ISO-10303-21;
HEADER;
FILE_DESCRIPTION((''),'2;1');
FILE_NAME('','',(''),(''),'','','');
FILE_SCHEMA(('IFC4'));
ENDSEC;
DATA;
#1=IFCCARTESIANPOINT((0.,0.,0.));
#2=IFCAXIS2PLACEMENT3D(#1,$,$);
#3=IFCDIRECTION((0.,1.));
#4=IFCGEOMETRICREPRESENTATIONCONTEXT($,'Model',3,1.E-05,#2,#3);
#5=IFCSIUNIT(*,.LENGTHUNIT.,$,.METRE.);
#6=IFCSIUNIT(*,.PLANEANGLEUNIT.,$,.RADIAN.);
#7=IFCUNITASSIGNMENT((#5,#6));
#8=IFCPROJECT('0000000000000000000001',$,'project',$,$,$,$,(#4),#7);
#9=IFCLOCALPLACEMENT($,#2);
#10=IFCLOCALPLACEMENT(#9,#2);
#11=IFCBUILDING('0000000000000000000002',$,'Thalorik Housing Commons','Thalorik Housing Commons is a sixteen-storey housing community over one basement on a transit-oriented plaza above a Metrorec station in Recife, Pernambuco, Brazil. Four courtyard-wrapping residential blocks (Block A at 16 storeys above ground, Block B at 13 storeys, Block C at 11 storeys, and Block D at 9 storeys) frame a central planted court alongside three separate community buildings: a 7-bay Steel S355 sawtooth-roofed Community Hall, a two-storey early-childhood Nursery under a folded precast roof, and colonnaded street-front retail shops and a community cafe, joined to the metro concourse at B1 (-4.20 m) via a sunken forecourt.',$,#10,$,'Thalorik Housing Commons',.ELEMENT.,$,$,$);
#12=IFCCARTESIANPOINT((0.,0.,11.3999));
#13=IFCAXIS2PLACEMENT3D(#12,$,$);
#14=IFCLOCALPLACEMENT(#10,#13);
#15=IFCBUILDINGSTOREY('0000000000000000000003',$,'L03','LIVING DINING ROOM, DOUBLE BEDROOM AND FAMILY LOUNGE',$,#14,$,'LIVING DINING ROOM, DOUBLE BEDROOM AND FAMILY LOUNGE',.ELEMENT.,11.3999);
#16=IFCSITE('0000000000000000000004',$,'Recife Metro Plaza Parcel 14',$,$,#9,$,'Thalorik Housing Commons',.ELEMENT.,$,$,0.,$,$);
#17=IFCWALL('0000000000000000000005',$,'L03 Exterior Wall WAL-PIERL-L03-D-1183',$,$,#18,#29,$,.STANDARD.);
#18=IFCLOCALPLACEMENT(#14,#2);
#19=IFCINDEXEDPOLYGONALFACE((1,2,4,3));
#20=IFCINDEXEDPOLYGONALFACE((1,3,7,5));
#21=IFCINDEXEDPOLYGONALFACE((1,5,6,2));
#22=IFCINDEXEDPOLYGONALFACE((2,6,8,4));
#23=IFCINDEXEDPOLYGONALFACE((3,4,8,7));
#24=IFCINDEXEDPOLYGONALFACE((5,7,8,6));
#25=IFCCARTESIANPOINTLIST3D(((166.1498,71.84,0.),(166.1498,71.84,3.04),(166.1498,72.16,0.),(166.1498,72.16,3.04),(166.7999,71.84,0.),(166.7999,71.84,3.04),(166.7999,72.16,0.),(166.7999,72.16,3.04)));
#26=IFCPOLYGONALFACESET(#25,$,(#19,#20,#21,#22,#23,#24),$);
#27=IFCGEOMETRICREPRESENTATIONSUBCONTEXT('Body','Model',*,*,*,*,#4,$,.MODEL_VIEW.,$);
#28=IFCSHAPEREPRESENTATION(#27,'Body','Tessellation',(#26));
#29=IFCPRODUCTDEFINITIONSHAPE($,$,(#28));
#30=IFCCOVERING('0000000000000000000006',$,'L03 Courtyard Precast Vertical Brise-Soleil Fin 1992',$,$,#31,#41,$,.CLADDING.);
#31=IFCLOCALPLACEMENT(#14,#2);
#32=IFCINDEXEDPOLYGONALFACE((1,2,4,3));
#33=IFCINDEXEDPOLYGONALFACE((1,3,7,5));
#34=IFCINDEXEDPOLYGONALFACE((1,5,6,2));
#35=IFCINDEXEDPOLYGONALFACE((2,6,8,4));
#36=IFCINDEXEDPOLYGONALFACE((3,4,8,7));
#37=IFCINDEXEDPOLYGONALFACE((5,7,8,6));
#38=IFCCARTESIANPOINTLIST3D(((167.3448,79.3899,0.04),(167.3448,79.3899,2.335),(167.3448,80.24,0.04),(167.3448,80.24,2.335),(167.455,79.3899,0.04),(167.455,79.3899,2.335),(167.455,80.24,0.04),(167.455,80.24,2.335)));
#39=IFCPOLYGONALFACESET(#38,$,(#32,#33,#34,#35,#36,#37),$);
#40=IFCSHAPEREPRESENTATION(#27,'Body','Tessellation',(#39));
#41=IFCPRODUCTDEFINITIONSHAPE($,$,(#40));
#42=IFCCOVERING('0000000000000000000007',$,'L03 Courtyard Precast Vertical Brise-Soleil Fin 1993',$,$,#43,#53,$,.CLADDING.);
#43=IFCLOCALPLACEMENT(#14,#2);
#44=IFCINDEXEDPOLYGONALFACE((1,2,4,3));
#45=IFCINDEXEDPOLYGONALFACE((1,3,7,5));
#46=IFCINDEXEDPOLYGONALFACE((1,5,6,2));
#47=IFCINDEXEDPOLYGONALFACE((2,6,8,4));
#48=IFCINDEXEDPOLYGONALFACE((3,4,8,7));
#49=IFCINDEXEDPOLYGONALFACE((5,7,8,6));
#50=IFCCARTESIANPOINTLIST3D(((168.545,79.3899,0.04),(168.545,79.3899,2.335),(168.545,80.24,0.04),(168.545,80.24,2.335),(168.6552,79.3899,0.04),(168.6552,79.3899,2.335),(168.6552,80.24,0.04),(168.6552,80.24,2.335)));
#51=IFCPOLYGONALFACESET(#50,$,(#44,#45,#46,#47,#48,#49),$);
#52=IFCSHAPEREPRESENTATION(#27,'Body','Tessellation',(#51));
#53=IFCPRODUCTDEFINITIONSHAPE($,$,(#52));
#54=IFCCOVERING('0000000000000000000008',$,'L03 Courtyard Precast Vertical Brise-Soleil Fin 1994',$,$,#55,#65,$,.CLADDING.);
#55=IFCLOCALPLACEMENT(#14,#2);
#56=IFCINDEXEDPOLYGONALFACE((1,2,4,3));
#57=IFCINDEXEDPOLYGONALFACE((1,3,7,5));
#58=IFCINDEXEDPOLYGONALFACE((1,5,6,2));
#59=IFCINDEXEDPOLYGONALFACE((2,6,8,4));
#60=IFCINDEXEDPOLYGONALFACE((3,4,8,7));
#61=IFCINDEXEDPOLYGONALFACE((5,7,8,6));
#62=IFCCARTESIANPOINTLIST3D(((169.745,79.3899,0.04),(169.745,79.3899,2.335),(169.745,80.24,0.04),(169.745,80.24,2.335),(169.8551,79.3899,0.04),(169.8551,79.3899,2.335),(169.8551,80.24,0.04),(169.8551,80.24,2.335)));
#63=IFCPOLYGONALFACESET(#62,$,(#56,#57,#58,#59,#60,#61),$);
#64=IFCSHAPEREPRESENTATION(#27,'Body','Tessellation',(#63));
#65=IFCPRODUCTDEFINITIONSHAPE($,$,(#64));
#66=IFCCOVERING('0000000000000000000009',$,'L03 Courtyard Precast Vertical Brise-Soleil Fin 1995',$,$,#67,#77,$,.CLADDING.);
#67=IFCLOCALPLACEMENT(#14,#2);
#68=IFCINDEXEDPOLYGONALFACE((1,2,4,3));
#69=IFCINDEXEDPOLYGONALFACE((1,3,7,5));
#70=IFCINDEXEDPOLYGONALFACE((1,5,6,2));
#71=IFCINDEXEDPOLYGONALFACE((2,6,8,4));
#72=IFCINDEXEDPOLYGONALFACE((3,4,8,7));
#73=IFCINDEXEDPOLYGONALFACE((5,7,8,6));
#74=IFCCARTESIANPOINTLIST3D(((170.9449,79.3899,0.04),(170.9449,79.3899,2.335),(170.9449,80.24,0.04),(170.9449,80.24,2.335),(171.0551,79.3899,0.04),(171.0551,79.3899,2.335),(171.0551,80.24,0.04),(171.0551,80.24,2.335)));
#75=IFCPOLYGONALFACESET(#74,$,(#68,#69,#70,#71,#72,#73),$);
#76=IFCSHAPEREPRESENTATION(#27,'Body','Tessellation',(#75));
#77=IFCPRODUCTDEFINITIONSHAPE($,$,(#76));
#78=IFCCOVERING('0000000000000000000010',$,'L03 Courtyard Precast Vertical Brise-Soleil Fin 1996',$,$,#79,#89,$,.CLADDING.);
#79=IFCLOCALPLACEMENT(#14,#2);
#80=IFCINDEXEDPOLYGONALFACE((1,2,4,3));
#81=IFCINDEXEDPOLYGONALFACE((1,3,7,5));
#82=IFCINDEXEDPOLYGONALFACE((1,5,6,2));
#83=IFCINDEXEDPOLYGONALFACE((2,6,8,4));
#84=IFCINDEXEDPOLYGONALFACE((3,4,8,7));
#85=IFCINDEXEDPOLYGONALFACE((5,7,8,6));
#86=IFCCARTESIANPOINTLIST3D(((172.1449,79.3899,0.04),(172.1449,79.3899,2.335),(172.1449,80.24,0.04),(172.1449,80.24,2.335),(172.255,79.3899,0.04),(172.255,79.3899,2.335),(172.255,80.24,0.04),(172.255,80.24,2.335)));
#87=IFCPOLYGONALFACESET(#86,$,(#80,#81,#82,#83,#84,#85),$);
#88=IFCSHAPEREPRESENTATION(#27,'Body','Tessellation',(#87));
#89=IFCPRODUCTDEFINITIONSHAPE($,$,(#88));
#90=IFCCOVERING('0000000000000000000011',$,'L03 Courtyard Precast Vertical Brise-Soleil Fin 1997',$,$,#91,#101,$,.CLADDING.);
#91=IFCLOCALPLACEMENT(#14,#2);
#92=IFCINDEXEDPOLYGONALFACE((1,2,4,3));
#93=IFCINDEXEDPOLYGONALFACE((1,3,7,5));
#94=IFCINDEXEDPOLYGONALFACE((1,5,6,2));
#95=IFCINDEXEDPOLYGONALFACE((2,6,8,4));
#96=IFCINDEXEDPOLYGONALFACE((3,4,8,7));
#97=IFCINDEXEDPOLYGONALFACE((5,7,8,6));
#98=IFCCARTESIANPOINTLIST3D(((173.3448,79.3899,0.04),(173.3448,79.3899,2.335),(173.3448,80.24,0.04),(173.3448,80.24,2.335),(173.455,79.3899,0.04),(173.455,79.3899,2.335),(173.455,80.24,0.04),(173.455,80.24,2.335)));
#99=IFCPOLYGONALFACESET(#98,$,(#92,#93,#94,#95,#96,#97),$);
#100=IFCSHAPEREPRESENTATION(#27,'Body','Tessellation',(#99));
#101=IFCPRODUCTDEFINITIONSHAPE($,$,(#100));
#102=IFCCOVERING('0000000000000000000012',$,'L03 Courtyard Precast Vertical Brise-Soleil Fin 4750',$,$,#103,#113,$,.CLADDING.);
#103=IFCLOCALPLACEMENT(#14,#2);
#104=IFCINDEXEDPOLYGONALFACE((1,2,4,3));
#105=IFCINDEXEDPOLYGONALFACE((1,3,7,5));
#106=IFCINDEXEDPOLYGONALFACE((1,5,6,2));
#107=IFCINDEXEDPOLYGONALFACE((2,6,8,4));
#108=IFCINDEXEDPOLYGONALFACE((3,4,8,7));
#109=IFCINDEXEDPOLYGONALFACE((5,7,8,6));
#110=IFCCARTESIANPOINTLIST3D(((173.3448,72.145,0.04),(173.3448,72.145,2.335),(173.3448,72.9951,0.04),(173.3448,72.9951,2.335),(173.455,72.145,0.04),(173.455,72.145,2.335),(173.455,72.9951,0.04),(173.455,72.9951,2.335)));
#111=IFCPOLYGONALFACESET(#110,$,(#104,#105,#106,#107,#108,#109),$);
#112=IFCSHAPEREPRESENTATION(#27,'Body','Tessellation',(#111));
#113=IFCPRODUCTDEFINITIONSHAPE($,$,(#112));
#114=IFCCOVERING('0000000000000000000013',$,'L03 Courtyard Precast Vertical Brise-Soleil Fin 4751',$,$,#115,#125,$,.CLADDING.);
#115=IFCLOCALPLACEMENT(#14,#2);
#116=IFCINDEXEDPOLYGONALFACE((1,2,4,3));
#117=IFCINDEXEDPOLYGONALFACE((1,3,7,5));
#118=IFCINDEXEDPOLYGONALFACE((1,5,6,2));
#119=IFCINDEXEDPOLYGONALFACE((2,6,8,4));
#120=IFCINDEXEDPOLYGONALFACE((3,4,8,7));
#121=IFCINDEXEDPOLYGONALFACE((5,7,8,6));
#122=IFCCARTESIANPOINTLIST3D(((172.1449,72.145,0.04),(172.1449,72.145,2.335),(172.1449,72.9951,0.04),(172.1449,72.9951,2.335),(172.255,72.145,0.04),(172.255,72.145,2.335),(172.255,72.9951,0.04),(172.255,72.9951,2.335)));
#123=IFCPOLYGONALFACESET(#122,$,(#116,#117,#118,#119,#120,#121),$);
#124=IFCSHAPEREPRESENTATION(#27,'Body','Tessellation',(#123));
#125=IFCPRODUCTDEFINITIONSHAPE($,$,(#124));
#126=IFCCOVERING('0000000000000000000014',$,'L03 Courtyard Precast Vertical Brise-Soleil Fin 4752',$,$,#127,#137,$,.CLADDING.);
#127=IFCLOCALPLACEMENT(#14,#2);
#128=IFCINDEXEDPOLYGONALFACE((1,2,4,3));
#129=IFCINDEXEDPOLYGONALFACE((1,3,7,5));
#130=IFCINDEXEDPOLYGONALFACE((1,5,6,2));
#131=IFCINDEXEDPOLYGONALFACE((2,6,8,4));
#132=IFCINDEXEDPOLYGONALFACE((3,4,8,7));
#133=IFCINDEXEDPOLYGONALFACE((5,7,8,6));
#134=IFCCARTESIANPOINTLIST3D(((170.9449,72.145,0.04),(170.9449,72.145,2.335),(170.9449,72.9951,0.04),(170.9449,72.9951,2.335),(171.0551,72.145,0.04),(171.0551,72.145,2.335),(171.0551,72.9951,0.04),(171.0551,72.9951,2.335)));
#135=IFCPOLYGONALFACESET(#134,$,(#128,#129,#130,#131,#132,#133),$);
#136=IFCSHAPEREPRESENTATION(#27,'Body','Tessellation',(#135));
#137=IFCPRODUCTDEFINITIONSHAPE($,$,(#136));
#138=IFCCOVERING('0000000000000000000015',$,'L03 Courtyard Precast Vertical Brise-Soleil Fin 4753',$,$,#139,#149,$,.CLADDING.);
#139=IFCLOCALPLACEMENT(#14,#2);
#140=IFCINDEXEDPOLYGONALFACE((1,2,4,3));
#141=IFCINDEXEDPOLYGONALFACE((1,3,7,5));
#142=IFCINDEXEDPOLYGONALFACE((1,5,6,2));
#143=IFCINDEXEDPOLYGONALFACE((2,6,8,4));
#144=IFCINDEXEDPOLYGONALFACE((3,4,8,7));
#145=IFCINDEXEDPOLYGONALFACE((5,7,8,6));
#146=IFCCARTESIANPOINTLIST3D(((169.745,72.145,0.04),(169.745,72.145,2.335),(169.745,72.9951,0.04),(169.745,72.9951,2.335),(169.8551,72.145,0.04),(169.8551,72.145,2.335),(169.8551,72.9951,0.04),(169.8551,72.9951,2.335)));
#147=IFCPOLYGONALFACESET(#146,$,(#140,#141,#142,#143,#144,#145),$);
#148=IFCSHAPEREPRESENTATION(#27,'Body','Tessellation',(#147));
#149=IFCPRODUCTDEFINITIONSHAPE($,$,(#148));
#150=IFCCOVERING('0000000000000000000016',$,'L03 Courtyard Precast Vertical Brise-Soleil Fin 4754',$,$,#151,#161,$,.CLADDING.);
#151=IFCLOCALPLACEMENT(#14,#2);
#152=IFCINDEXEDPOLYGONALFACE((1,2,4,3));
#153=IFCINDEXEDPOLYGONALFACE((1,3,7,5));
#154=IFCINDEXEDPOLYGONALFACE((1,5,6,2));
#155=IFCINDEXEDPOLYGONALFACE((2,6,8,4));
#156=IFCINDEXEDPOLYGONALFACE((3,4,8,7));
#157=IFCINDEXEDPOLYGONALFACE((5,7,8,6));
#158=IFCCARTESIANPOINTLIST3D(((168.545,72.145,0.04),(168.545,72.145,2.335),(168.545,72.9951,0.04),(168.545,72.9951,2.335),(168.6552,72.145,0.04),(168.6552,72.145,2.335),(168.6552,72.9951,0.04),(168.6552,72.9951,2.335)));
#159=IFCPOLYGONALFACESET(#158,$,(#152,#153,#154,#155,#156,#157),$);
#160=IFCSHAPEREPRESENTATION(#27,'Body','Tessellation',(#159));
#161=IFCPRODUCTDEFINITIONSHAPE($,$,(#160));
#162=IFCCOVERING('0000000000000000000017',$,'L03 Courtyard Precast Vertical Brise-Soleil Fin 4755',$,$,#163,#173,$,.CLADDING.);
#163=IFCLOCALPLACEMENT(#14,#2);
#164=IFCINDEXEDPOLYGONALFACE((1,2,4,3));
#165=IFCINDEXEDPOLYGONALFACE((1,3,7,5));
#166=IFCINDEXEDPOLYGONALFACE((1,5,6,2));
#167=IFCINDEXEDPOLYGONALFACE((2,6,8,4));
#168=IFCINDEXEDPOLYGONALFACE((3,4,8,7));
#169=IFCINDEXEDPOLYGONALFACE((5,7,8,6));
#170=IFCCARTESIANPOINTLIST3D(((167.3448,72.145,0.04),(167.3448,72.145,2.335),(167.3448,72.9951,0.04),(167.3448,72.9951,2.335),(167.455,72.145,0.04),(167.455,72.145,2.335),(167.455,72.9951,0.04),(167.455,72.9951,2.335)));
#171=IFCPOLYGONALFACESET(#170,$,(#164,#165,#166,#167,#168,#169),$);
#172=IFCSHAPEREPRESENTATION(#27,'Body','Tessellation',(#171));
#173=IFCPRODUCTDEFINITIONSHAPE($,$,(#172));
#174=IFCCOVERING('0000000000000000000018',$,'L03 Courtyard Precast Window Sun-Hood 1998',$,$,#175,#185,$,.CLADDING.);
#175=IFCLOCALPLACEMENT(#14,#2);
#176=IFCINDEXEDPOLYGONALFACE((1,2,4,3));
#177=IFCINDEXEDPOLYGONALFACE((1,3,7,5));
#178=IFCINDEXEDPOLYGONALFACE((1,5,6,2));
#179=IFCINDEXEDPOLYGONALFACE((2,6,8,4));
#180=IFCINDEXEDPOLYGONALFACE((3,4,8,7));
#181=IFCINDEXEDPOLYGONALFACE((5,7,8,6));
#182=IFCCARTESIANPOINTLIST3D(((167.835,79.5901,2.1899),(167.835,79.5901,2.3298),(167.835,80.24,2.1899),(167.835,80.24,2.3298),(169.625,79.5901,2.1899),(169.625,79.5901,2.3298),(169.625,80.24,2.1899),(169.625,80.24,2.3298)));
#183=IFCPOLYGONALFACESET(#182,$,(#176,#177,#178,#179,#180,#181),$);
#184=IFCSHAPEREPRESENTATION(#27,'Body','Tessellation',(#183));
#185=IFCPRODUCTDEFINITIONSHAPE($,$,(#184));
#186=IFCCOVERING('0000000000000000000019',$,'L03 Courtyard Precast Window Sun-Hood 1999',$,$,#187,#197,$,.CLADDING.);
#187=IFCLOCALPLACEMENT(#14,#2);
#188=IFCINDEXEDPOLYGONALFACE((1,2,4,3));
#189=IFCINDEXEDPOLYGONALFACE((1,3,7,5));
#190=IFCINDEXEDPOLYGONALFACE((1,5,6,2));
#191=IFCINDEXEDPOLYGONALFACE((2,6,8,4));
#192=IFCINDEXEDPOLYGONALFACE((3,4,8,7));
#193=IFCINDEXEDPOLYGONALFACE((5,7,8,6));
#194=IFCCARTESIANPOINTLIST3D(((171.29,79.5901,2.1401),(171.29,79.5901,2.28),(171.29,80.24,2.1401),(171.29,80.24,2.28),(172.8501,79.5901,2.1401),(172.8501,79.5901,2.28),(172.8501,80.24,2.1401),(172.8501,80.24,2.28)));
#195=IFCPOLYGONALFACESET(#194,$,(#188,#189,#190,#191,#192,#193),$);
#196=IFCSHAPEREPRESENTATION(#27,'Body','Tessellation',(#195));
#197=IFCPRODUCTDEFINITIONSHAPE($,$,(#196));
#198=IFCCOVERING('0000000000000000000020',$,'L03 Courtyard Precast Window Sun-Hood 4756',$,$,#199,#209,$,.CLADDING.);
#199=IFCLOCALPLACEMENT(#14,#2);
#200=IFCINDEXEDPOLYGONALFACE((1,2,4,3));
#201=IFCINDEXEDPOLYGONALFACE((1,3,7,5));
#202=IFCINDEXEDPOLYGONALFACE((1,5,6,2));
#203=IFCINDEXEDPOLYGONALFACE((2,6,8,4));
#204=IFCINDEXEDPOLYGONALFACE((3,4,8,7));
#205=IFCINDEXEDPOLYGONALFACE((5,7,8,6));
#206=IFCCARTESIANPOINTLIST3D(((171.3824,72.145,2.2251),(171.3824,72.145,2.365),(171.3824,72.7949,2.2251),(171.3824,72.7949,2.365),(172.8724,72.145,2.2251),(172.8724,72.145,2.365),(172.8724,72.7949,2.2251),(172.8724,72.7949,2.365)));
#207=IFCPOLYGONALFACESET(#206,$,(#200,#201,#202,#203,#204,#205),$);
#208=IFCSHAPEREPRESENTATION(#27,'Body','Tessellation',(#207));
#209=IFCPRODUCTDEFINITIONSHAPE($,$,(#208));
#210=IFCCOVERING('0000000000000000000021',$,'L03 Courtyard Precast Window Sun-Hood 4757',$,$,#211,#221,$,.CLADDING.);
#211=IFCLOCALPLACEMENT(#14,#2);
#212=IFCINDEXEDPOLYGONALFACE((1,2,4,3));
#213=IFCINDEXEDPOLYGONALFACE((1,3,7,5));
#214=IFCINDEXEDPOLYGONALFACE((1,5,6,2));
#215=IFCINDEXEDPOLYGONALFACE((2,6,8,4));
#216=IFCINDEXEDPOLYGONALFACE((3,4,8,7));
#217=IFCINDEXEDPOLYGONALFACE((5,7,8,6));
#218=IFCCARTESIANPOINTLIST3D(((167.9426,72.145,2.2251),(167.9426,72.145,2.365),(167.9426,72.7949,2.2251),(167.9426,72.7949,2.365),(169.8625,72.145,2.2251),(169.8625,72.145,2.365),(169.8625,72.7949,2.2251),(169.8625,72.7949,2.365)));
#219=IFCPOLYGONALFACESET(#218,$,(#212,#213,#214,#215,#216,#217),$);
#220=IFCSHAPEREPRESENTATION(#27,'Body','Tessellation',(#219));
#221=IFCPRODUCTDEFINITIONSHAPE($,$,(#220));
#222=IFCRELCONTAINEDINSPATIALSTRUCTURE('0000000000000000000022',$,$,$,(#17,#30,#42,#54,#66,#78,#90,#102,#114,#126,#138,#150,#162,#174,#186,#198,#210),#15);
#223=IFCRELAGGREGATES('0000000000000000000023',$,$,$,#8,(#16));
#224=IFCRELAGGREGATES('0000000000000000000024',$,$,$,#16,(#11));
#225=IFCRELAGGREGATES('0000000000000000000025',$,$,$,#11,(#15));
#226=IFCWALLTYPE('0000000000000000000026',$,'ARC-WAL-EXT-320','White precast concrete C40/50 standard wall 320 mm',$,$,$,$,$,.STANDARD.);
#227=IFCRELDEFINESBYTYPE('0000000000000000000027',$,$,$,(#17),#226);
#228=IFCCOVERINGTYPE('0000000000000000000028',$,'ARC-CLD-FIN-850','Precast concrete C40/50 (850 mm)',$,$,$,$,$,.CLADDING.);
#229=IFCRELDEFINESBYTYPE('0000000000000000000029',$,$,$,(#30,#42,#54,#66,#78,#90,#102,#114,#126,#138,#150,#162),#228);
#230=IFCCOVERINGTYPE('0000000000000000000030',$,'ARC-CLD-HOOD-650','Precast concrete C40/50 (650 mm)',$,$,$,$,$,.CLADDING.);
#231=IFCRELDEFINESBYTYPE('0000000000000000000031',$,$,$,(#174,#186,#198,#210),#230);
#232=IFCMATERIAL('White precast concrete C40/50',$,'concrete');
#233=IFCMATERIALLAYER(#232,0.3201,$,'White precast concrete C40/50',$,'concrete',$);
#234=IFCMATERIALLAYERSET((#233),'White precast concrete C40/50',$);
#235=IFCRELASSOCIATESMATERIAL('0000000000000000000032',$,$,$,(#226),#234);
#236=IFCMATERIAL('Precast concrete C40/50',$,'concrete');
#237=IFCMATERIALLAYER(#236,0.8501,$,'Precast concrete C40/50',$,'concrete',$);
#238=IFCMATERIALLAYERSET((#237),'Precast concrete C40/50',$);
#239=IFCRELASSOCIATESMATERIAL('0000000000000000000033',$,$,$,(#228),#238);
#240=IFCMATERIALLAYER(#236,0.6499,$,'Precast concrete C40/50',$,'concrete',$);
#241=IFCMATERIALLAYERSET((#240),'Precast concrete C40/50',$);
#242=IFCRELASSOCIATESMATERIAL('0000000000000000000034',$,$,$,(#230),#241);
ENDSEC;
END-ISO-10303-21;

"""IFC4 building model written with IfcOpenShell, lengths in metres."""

from ifc_helpers import new_model, si_unit, direction, frame, frame_2d, origin, origin_2d, place, context, subcontext, project, spatial, rectangle, extrude, material, layer, layer_set, type_object, element, save


model = new_model("IFC4")

# Units and contexts
model_context = context("Model", 3, precision=1e-05, world=origin(), true_north=direction((0.0, 1.0)))
body_context = subcontext(model_context, "Body", "Model", "MODEL_VIEW")
ifc_project = project(units=[si_unit("LENGTHUNIT", "METRE"), si_unit("PLANEANGLEUNIT", "RADIAN")], contexts=[model_context])

# Site, building, storey
site_placement = place(None, origin())
site = spatial("IfcSite", under=ifc_project, at=site_placement, Name="Recife Metro Plaza Parcel 14", LongName="Thalorik Housing Commons", CompositionType="ELEMENT", RefElevation=0.0)
building_placement = place(site_placement, origin())
building = spatial("IfcBuilding", under=site, at=building_placement, Name="Thalorik Housing Commons", Description="Thalorik Housing Commons is a sixteen-storey housing community over one basement on a transit-oriented plaza above a Metrorec station in Recife, Pernambuco, Brazil. Four courtyard-wrapping residential blocks (Block A at 16 storeys above ground, Block B at 13 storeys, Block C at 11 storeys, and Block D at 9 storeys) frame a central planted court alongside three separate community buildings: a 7-bay Steel S355 sawtooth-roofed Community Hall, a two-storey early-childhood Nursery under a folded precast roof, and colonnaded street-front retail shops and a community cafe, joined to the metro concourse at B1 (-4.20 m) via a sunken forecourt.", LongName="Thalorik Housing Commons", CompositionType="ELEMENT")
storey_placement = place(building_placement, frame((0.0, 0.0, 11.3999)))
storey = spatial("IfcBuildingStorey", under=building, at=storey_placement, Name="L03", Description="LIVING DINING ROOM, DOUBLE BEDROOM AND FAMILY LOUNGE", LongName="LIVING DINING ROOM, DOUBLE BEDROOM AND FAMILY LOUNGE", CompositionType="ELEMENT", Elevation=11.3999)

# Shared definitions
ifc_material_1 = material(Name="Precast concrete C40/50", Category="concrete")

# Shared definitions
ifc_material_2 = material(Name="White precast concrete C40/50", Category="concrete")
ifc_layer_1 = layer(ifc_material_2, 0.3201, Name="White precast concrete C40/50", Category="concrete")
ifc_layer_set_1 = layer_set([ifc_layer_1], Name="White precast concrete C40/50")
wall_type = type_object("IfcWallType", Name="ARC-WAL-EXT-320", Description="White precast concrete C40/50 standard wall 320 mm", PredefinedType="STANDARD", material=ifc_layer_set_1)

# Wall
wall_1_placement = place(storey_placement, frame((166.8, 72.0, 0.0), z_axis=(0.0, 0.0, 1.0), x_axis=(-1.0, 0.0, 0.0)))
element("IfcWall", 1, at=wall_1_placement, inside=storey, type_object=wall_type, Name="L03 Exterior Wall WAL-PIERL-L03-D-1183", PredefinedType="STANDARD", context=body_context, shape_type="SweptSolid", body=[
    extrude(rectangle(XDim=0.6501, YDim=0.3201, at=frame_2d((0.3252, 0.0))), origin(), (0.0, 0.0, 1.0), 3.04),
])

# Coverings
ifc_layer_2 = layer(ifc_material_1, 0.8501, Name="Precast concrete C40/50", Category="concrete")
ifc_layer_set_2 = layer_set([ifc_layer_2], Name="Precast concrete C40/50")
covering_type_1 = type_object("IfcCoveringType", Name="ARC-CLD-FIN-850", Description="Precast concrete C40/50 (850 mm)", PredefinedType="CLADDING", material=ifc_layer_set_2)
for number, where, z_axis, x_axis, name in (
    (2, (167.3999, 79.8149, 0.04), (0.0, 0.0, 1.0), (1.0, 0.0, 0.0), "L03 Courtyard Precast Vertical Brise-Soleil Fin 1992"),
    (3, (168.6001, 79.8149, 0.04), (0.0, 0.0, 1.0), (1.0, 0.0, 0.0), "L03 Courtyard Precast Vertical Brise-Soleil Fin 1993"),
    (4, (169.8, 79.8149, 0.04), (0.0, 0.0, 1.0), (1.0, 0.0, 0.0), "L03 Courtyard Precast Vertical Brise-Soleil Fin 1994"),
    (5, (171.0, 79.8149, 0.04), (0.0, 0.0, 1.0), (1.0, 0.0, 0.0), "L03 Courtyard Precast Vertical Brise-Soleil Fin 1995"),
    (6, (172.2, 79.8149, 0.04), (0.0, 0.0, 1.0), (1.0, 0.0, 0.0), "L03 Courtyard Precast Vertical Brise-Soleil Fin 1996"),
    (7, (173.3999, 79.8149, 0.04), (0.0, 0.0, 1.0), (1.0, 0.0, 0.0), "L03 Courtyard Precast Vertical Brise-Soleil Fin 1997"),
    (8, (173.3999, 72.5701, 0.04), (0.0, 0.0, 1.0), (-1.0, 0.0, 0.0), "L03 Courtyard Precast Vertical Brise-Soleil Fin 4750"),
    (9, (172.2, 72.5701, 0.04), (0.0, 0.0, 1.0), (-1.0, 0.0, 0.0), "L03 Courtyard Precast Vertical Brise-Soleil Fin 4751"),
    (10, (171.0, 72.5701, 0.04), (0.0, 0.0, 1.0), (-1.0, 0.0, 0.0), "L03 Courtyard Precast Vertical Brise-Soleil Fin 4752"),
    (11, (169.8, 72.5701, 0.04), (0.0, 0.0, 1.0), (-1.0, 0.0, 0.0), "L03 Courtyard Precast Vertical Brise-Soleil Fin 4753"),
    (12, (168.6001, 72.5701, 0.04), (0.0, 0.0, 1.0), (-1.0, 0.0, 0.0), "L03 Courtyard Precast Vertical Brise-Soleil Fin 4754"),
    (13, (167.3999, 72.5701, 0.04), (0.0, 0.0, 1.0), (-1.0, 0.0, 0.0), "L03 Courtyard Precast Vertical Brise-Soleil Fin 4755"),
):
    element("IfcCovering", number, at=place(storey_placement, frame(where, z_axis=z_axis, x_axis=x_axis)), inside=storey, type_object=covering_type_1, Name=name, PredefinedType="CLADDING", context=body_context, shape_type="SweptSolid", body=[
        extrude(rectangle(XDim=0.1101, YDim=0.8501, at=origin_2d()), origin(), (0.0, 0.0, 1.0), 2.2949),
    ])
ifc_layer_3 = layer(ifc_material_1, 0.6499, Name="Precast concrete C40/50", Category="concrete")
ifc_layer_set_3 = layer_set([ifc_layer_3], Name="Precast concrete C40/50")
covering_type_2 = type_object("IfcCoveringType", Name="ARC-CLD-HOOD-650", Description="Precast concrete C40/50 (650 mm)", PredefinedType="CLADDING", material=ifc_layer_set_3)
covering_1_placement = place(storey_placement, frame((168.73, 79.915, 2.1899), z_axis=(0.0, 0.0, 1.0), x_axis=(1.0, 0.0, 0.0)))
element("IfcCovering", 14, at=covering_1_placement, inside=storey, type_object=covering_type_2, Name="L03 Courtyard Precast Window Sun-Hood 1998", PredefinedType="CLADDING", context=body_context, shape_type="SweptSolid", body=[
    extrude(rectangle(XDim=1.79, YDim=0.6499, at=origin_2d()), origin(), (0.0, 0.0, 1.0), 0.1399),
])
covering_2_placement = place(storey_placement, frame((172.0701, 79.915, 2.1401), z_axis=(0.0, 0.0, 1.0), x_axis=(1.0, 0.0, 0.0)))
element("IfcCovering", 15, at=covering_2_placement, inside=storey, type_object=covering_type_2, Name="L03 Courtyard Precast Window Sun-Hood 1999", PredefinedType="CLADDING", context=body_context, shape_type="SweptSolid", body=[
    extrude(rectangle(XDim=1.5601, YDim=0.6499, at=origin_2d()), origin(), (0.0, 0.0, 1.0), 0.1399),
])
covering_3_placement = place(storey_placement, frame((172.1274, 72.47, 2.2251), z_axis=(0.0, 0.0, 1.0), x_axis=(-1.0, 0.0, 0.0)))
element("IfcCovering", 16, at=covering_3_placement, inside=storey, type_object=covering_type_2, Name="L03 Courtyard Precast Window Sun-Hood 4756", PredefinedType="CLADDING", context=body_context, shape_type="SweptSolid", body=[
    extrude(rectangle(XDim=1.49, YDim=0.6499, at=origin_2d()), origin(), (0.0, 0.0, 1.0), 0.1399),
])
covering_4_placement = place(storey_placement, frame((168.9026, 72.47, 2.2251), z_axis=(0.0, 0.0, 1.0), x_axis=(-1.0, 0.0, 0.0)))
element("IfcCovering", 17, at=covering_4_placement, inside=storey, type_object=covering_type_2, Name="L03 Courtyard Precast Window Sun-Hood 4757", PredefinedType="CLADDING", context=body_context, shape_type="SweptSolid", body=[
    extrude(rectangle(XDim=1.9199, YDim=0.6499, at=origin_2d()), origin(), (0.0, 0.0, 1.0), 0.1399),
])

save(model, "model.ifc")
